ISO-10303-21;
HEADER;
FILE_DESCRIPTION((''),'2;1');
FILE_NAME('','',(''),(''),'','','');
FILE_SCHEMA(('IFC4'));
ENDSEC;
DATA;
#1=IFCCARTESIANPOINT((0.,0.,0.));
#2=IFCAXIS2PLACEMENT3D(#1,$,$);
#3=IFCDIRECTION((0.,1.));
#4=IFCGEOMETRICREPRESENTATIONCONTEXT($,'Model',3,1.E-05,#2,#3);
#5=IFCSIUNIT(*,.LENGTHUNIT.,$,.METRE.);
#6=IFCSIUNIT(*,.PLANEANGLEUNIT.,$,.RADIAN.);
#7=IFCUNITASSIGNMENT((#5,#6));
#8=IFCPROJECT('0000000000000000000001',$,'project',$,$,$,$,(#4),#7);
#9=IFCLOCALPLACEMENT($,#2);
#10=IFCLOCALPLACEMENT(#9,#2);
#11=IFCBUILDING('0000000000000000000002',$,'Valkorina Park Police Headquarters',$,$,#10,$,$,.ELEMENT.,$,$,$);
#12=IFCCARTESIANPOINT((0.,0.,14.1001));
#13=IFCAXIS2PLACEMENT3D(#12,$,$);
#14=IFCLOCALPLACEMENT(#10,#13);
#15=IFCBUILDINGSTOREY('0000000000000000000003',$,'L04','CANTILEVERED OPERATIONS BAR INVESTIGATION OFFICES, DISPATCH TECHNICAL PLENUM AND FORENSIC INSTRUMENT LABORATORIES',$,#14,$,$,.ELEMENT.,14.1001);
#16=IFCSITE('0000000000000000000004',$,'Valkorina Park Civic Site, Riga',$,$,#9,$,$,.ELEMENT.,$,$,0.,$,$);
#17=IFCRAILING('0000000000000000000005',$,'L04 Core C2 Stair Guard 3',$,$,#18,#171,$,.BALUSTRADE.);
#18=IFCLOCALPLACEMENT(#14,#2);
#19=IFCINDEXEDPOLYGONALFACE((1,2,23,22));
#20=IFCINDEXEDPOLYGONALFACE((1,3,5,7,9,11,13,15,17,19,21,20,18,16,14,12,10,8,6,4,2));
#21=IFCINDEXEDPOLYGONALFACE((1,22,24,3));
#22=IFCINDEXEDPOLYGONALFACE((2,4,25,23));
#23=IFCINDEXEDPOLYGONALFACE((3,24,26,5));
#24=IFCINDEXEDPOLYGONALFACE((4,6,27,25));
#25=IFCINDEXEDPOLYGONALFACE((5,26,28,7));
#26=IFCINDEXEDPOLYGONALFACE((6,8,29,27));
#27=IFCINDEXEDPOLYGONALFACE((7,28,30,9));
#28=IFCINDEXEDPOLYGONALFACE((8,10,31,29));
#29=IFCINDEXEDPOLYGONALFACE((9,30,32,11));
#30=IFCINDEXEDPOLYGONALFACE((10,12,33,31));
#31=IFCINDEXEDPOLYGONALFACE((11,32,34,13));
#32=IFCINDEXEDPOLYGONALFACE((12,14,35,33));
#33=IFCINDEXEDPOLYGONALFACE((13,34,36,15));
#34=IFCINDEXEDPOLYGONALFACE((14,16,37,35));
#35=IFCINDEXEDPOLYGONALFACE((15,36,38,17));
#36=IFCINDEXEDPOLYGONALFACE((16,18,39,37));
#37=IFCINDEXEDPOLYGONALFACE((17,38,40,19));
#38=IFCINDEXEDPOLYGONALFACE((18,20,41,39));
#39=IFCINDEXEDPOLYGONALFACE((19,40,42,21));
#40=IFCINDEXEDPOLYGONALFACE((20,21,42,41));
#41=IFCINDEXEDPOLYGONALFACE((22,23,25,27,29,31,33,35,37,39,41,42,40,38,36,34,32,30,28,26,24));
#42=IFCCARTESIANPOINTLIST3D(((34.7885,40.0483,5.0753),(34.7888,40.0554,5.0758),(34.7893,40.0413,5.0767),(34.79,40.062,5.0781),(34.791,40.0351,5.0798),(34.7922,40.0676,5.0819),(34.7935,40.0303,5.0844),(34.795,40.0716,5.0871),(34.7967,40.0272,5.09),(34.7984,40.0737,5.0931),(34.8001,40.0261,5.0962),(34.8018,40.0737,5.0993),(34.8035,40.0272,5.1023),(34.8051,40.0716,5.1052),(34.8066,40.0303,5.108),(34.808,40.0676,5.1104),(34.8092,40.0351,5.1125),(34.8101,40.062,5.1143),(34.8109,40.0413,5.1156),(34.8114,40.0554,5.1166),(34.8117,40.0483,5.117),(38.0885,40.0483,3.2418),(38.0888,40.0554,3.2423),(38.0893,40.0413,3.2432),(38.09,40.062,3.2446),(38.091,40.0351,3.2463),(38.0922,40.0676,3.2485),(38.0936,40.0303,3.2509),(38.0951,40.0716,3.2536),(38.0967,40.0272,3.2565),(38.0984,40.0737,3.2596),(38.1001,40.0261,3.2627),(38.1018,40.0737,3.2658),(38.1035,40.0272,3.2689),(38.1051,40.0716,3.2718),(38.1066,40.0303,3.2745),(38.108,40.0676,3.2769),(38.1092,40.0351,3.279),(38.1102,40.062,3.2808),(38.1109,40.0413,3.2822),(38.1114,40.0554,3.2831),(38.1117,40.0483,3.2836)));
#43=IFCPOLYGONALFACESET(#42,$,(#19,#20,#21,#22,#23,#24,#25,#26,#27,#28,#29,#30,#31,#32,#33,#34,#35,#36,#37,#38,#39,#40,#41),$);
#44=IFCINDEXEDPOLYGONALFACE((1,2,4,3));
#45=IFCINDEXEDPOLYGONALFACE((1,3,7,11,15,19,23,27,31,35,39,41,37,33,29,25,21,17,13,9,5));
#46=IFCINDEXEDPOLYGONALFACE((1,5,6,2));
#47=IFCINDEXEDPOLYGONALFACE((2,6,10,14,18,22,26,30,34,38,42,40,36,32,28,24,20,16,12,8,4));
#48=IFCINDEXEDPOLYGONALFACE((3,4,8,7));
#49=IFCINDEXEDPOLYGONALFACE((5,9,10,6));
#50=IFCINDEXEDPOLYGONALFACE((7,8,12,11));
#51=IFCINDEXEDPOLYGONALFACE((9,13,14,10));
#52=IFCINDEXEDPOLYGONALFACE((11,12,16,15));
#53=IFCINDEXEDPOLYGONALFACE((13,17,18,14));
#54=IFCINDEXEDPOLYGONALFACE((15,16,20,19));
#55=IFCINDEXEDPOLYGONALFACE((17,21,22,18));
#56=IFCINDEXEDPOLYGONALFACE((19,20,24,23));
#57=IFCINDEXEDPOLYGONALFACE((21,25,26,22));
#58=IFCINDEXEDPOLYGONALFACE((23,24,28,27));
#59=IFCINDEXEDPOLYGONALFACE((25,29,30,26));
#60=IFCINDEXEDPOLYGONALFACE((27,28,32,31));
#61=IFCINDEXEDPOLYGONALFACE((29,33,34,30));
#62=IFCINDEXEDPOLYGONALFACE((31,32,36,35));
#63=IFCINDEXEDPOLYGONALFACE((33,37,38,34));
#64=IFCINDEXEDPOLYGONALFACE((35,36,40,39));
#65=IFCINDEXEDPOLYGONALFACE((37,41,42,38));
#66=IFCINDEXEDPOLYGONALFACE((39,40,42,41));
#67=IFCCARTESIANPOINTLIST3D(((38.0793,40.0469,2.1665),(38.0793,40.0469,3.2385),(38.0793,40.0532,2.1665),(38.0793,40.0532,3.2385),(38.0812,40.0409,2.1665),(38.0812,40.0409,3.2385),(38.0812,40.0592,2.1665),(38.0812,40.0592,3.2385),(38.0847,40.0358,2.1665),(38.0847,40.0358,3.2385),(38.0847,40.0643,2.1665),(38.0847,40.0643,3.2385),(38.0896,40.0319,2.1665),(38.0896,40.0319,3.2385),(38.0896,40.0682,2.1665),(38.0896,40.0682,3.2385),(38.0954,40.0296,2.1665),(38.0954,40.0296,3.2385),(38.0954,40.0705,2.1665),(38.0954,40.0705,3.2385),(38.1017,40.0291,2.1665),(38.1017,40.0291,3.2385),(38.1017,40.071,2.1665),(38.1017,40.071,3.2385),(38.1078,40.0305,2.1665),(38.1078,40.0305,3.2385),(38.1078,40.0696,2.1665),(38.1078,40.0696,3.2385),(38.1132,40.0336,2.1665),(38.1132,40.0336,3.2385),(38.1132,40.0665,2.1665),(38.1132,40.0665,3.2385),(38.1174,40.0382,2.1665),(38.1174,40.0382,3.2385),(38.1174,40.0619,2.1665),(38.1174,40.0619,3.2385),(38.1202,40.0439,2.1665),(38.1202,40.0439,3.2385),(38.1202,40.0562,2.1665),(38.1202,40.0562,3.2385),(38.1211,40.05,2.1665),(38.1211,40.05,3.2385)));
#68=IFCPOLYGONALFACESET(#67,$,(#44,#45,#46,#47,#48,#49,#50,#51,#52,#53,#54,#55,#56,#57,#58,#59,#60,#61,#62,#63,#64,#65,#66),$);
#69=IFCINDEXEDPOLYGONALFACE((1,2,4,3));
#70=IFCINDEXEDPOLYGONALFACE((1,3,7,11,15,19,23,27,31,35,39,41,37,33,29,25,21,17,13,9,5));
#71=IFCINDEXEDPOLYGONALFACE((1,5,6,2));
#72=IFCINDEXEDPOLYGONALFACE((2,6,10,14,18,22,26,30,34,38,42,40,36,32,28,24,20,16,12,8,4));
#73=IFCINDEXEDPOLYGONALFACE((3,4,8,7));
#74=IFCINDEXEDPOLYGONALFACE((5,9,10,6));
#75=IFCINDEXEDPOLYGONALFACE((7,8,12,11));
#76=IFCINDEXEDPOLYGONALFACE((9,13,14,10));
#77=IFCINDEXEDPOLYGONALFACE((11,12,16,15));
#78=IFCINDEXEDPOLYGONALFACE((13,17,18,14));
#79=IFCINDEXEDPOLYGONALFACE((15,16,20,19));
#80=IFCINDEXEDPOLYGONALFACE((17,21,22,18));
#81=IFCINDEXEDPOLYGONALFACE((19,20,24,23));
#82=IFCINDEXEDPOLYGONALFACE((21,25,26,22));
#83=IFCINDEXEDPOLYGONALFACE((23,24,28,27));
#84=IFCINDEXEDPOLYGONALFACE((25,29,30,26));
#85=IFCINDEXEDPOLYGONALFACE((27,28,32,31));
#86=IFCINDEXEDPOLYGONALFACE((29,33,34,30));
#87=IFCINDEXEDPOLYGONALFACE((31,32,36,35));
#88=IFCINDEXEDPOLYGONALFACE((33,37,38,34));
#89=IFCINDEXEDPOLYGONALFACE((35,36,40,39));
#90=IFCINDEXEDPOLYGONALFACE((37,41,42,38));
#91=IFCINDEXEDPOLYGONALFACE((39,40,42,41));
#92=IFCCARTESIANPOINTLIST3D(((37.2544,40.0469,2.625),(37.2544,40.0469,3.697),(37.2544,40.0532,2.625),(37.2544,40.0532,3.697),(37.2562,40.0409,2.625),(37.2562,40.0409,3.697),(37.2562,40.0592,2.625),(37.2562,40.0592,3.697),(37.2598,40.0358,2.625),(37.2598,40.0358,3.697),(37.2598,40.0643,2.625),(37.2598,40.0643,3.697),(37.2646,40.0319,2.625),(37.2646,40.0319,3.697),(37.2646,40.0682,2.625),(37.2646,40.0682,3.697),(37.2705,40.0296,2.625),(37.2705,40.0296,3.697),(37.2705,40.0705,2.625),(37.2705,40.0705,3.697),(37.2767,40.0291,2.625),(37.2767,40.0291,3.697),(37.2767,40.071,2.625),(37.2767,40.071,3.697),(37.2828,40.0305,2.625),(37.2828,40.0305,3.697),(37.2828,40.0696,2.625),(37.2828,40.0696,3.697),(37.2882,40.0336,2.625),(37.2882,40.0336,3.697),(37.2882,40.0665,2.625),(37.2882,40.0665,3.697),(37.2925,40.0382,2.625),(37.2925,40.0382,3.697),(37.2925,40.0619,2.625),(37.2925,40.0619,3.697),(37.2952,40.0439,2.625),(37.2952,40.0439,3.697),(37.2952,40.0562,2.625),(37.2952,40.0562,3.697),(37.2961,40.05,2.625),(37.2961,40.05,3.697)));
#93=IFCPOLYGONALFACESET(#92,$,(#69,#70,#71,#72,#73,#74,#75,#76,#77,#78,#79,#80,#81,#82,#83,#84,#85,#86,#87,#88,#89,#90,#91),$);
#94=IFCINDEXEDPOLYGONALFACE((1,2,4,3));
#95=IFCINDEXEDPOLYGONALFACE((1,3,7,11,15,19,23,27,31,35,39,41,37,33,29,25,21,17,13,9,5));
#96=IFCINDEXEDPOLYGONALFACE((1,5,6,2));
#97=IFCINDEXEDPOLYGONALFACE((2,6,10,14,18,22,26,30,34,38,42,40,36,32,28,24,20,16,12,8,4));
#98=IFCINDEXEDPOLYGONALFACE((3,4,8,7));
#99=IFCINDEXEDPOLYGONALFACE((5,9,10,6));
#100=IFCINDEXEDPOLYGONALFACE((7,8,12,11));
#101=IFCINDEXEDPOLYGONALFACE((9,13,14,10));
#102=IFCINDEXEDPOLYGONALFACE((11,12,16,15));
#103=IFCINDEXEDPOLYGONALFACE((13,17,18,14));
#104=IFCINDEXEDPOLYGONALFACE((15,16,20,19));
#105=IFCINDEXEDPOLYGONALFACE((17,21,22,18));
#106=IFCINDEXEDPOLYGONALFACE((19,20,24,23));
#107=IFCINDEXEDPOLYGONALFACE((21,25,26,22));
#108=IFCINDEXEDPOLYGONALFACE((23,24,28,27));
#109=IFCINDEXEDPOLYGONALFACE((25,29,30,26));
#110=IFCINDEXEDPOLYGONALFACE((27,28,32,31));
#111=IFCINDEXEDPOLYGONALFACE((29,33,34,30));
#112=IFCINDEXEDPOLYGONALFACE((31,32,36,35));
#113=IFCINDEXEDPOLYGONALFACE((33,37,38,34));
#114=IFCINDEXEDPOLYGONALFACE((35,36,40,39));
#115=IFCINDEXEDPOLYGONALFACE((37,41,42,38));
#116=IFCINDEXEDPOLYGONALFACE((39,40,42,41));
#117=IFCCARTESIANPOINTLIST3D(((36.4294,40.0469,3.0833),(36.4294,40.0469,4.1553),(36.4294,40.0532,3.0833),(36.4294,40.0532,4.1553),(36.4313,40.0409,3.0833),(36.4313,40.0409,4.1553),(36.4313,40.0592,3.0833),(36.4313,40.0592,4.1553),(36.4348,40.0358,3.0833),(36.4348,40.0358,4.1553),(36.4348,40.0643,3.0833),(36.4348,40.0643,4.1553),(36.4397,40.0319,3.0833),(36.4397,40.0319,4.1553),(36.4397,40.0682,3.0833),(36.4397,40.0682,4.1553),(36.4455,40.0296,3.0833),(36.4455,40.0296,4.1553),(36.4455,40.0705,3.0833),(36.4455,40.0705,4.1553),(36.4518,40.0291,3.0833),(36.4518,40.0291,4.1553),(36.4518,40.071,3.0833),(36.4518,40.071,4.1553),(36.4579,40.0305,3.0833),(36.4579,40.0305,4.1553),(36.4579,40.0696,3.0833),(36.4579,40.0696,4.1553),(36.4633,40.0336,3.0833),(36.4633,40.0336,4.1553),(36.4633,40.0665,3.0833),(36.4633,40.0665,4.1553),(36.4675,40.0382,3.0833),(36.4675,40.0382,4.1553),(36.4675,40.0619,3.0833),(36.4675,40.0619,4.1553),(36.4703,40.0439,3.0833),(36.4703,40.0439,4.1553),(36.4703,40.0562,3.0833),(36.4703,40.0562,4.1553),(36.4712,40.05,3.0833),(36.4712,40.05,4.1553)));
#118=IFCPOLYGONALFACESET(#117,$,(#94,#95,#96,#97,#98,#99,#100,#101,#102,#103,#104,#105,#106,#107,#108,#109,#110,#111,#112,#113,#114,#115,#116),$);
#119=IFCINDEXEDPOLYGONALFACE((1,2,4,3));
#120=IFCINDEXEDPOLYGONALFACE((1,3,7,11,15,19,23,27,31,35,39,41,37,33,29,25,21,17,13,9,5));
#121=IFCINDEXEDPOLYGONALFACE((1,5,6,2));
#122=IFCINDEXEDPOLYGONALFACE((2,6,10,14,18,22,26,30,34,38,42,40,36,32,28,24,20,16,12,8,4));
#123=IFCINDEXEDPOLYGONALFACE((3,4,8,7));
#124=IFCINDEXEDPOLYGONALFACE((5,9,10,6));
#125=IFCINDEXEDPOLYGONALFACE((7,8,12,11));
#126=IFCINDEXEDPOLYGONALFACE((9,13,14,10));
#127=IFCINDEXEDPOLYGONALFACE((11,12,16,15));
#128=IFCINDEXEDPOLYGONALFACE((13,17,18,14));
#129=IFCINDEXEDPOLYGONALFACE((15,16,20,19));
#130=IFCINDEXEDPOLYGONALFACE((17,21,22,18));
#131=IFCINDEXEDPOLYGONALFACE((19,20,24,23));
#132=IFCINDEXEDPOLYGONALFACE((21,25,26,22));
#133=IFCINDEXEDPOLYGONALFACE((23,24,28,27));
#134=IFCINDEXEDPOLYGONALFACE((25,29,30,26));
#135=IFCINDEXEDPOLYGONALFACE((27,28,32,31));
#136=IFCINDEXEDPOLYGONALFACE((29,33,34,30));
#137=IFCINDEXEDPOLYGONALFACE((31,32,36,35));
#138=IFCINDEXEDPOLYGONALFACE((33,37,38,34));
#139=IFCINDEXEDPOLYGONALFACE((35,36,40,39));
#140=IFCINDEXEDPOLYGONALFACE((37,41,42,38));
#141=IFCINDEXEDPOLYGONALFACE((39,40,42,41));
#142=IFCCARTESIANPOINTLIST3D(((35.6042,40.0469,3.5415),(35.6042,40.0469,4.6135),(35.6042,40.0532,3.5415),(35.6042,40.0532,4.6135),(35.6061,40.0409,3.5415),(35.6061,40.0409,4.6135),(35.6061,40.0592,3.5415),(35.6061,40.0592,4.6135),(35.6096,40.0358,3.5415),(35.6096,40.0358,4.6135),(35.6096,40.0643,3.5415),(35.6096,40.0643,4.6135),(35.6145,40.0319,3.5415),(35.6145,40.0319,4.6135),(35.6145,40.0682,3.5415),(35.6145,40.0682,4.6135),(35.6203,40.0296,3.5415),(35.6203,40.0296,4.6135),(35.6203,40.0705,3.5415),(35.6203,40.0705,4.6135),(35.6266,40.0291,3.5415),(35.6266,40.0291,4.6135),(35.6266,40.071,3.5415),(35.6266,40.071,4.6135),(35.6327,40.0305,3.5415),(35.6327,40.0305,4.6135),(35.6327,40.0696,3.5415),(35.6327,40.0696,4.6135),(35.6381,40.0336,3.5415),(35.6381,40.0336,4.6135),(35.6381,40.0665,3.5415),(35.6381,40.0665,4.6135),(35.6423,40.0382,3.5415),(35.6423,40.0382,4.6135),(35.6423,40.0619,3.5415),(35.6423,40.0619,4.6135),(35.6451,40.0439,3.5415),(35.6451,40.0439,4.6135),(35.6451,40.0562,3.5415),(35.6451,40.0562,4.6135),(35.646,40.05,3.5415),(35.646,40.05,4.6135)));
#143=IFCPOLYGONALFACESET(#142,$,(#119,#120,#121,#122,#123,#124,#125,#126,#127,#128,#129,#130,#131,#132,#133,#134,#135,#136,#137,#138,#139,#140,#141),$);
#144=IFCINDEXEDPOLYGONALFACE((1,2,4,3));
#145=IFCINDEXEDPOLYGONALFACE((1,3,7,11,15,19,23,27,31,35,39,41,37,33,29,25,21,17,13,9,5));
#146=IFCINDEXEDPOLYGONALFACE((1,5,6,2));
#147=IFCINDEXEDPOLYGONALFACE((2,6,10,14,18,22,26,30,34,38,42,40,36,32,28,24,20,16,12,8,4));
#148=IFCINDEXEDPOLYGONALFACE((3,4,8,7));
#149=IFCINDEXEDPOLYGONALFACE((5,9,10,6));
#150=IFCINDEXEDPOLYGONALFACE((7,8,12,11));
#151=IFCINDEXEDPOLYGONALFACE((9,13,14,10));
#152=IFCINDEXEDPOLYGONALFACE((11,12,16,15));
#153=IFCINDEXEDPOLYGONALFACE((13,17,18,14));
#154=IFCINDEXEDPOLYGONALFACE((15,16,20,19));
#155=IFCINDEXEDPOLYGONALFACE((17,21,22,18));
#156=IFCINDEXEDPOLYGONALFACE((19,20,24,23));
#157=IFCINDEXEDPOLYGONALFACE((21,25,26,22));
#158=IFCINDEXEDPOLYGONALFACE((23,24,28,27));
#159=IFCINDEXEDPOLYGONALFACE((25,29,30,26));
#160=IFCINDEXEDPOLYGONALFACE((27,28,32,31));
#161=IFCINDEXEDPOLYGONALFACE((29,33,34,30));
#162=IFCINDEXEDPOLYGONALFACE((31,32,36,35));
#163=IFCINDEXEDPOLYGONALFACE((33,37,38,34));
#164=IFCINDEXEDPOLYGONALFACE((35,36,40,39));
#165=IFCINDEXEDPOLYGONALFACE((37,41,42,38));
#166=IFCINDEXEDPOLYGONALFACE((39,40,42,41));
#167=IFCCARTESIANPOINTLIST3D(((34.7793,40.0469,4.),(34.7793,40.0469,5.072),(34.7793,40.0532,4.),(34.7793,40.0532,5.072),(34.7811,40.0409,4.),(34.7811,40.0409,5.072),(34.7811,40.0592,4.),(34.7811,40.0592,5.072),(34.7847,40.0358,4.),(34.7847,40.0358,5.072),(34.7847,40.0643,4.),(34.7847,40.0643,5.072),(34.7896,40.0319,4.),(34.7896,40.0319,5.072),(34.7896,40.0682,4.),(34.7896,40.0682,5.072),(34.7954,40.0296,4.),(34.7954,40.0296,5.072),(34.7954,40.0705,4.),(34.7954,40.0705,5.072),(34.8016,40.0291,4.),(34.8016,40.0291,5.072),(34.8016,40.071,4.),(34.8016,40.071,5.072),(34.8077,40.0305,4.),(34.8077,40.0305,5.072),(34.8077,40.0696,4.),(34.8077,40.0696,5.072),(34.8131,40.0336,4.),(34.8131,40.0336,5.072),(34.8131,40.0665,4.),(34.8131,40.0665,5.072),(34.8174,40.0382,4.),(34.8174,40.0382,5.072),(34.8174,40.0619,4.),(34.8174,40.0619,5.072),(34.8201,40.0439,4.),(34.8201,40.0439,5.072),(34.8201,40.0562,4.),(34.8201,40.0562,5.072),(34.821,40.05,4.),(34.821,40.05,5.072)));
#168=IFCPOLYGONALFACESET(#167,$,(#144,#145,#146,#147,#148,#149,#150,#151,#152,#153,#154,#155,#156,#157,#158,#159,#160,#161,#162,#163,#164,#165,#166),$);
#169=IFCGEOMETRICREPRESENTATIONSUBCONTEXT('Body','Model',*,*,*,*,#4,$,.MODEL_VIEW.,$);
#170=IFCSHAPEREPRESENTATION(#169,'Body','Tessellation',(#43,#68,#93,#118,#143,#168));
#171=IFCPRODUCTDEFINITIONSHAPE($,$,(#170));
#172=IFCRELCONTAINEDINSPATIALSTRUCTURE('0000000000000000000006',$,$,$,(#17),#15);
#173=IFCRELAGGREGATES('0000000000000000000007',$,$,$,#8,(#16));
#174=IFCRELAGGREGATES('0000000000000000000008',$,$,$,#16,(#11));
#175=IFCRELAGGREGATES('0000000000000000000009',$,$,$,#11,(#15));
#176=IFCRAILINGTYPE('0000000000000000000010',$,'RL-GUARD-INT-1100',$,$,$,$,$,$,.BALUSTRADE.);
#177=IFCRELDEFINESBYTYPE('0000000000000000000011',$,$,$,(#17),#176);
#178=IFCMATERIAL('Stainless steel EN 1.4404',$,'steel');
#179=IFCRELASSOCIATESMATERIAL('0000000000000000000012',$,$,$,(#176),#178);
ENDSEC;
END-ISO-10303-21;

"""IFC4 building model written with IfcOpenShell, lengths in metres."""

from ifc_helpers import new_model, si_unit, direction, frame, origin, origin_2d, place, context, subcontext, project, spatial, circle, extrude, material, type_object, element, save


model = new_model("IFC4")

# Units and contexts
model_context = context("Model", 3, precision=1e-05, world=origin(), true_north=direction((0.0, 1.0)))
body_context = subcontext(model_context, "Body", "Model", "MODEL_VIEW")
ifc_project = project(units=[si_unit("LENGTHUNIT", "METRE"), si_unit("PLANEANGLEUNIT", "RADIAN")], contexts=[model_context])

# Site, building, storey
site_placement = place(None, origin())
site = spatial("IfcSite", under=ifc_project, at=site_placement, Name="Valkorina Park Civic Site, Riga", CompositionType="ELEMENT", RefElevation=0.0)
building_placement = place(site_placement, origin())
building = spatial("IfcBuilding", under=site, at=building_placement, Name="Valkorina Park Police Headquarters", CompositionType="ELEMENT")
storey_placement = place(building_placement, frame((0.0, 0.0, 14.1001)))
storey = spatial("IfcBuildingStorey", under=building, at=storey_placement, Name="L04", Description="CANTILEVERED OPERATIONS BAR INVESTIGATION OFFICES, DISPATCH TECHNICAL PLENUM AND FORENSIC INSTRUMENT LABORATORIES", CompositionType="ELEMENT", Elevation=14.1001)

# Railing
ifc_material_1 = material(Name="Stainless steel EN 1.4404", Category="steel")
railing_type_1 = type_object("IfcRailingType", Name="RL-GUARD-INT-1100", PredefinedType="BALUSTRADE", material=ifc_material_1)
railing_1_placement = place(storey_placement, frame((38.1001, 40.05, 2.1665)))
element("IfcRailing", 1, at=railing_1_placement, inside=storey, type_object=railing_type_1, Name="L04 Core C2 Stair Guard 3", PredefinedType="BALUSTRADE", context=body_context, shape_type="SweptSolid", body=[
    extrude(circle(Radius=0.0239, at=origin_2d()), frame((0.0, 0.0, 1.0962), z_axis=(-0.874142, 0.0, 0.48567), x_axis=(0.0, -1.0, 0.0)), (0.0, 0.0, 1.0), 3.7751),
    extrude(circle(Radius=0.021, at=origin_2d()), origin(), (0.0, 0.0, 1.0), 1.072),
    extrude(circle(Radius=0.021, at=origin_2d()), frame((-0.825, 0.0, 0.4585)), (0.0, 0.0, 1.0), 1.072),
    extrude(circle(Radius=0.021, at=origin_2d()), frame((-1.6499, 0.0, 0.9167)), (0.0, 0.0, 1.0), 1.072),
    extrude(circle(Radius=0.021, at=origin_2d()), frame((-2.4751, 0.0, 1.375)), (0.0, 0.0, 1.0), 1.072),
    extrude(circle(Radius=0.021, at=origin_2d()), frame((-3.3, 0.0, 1.8335)), (0.0, 0.0, 1.0), 1.072),
])

save(model, "model.ifc")
